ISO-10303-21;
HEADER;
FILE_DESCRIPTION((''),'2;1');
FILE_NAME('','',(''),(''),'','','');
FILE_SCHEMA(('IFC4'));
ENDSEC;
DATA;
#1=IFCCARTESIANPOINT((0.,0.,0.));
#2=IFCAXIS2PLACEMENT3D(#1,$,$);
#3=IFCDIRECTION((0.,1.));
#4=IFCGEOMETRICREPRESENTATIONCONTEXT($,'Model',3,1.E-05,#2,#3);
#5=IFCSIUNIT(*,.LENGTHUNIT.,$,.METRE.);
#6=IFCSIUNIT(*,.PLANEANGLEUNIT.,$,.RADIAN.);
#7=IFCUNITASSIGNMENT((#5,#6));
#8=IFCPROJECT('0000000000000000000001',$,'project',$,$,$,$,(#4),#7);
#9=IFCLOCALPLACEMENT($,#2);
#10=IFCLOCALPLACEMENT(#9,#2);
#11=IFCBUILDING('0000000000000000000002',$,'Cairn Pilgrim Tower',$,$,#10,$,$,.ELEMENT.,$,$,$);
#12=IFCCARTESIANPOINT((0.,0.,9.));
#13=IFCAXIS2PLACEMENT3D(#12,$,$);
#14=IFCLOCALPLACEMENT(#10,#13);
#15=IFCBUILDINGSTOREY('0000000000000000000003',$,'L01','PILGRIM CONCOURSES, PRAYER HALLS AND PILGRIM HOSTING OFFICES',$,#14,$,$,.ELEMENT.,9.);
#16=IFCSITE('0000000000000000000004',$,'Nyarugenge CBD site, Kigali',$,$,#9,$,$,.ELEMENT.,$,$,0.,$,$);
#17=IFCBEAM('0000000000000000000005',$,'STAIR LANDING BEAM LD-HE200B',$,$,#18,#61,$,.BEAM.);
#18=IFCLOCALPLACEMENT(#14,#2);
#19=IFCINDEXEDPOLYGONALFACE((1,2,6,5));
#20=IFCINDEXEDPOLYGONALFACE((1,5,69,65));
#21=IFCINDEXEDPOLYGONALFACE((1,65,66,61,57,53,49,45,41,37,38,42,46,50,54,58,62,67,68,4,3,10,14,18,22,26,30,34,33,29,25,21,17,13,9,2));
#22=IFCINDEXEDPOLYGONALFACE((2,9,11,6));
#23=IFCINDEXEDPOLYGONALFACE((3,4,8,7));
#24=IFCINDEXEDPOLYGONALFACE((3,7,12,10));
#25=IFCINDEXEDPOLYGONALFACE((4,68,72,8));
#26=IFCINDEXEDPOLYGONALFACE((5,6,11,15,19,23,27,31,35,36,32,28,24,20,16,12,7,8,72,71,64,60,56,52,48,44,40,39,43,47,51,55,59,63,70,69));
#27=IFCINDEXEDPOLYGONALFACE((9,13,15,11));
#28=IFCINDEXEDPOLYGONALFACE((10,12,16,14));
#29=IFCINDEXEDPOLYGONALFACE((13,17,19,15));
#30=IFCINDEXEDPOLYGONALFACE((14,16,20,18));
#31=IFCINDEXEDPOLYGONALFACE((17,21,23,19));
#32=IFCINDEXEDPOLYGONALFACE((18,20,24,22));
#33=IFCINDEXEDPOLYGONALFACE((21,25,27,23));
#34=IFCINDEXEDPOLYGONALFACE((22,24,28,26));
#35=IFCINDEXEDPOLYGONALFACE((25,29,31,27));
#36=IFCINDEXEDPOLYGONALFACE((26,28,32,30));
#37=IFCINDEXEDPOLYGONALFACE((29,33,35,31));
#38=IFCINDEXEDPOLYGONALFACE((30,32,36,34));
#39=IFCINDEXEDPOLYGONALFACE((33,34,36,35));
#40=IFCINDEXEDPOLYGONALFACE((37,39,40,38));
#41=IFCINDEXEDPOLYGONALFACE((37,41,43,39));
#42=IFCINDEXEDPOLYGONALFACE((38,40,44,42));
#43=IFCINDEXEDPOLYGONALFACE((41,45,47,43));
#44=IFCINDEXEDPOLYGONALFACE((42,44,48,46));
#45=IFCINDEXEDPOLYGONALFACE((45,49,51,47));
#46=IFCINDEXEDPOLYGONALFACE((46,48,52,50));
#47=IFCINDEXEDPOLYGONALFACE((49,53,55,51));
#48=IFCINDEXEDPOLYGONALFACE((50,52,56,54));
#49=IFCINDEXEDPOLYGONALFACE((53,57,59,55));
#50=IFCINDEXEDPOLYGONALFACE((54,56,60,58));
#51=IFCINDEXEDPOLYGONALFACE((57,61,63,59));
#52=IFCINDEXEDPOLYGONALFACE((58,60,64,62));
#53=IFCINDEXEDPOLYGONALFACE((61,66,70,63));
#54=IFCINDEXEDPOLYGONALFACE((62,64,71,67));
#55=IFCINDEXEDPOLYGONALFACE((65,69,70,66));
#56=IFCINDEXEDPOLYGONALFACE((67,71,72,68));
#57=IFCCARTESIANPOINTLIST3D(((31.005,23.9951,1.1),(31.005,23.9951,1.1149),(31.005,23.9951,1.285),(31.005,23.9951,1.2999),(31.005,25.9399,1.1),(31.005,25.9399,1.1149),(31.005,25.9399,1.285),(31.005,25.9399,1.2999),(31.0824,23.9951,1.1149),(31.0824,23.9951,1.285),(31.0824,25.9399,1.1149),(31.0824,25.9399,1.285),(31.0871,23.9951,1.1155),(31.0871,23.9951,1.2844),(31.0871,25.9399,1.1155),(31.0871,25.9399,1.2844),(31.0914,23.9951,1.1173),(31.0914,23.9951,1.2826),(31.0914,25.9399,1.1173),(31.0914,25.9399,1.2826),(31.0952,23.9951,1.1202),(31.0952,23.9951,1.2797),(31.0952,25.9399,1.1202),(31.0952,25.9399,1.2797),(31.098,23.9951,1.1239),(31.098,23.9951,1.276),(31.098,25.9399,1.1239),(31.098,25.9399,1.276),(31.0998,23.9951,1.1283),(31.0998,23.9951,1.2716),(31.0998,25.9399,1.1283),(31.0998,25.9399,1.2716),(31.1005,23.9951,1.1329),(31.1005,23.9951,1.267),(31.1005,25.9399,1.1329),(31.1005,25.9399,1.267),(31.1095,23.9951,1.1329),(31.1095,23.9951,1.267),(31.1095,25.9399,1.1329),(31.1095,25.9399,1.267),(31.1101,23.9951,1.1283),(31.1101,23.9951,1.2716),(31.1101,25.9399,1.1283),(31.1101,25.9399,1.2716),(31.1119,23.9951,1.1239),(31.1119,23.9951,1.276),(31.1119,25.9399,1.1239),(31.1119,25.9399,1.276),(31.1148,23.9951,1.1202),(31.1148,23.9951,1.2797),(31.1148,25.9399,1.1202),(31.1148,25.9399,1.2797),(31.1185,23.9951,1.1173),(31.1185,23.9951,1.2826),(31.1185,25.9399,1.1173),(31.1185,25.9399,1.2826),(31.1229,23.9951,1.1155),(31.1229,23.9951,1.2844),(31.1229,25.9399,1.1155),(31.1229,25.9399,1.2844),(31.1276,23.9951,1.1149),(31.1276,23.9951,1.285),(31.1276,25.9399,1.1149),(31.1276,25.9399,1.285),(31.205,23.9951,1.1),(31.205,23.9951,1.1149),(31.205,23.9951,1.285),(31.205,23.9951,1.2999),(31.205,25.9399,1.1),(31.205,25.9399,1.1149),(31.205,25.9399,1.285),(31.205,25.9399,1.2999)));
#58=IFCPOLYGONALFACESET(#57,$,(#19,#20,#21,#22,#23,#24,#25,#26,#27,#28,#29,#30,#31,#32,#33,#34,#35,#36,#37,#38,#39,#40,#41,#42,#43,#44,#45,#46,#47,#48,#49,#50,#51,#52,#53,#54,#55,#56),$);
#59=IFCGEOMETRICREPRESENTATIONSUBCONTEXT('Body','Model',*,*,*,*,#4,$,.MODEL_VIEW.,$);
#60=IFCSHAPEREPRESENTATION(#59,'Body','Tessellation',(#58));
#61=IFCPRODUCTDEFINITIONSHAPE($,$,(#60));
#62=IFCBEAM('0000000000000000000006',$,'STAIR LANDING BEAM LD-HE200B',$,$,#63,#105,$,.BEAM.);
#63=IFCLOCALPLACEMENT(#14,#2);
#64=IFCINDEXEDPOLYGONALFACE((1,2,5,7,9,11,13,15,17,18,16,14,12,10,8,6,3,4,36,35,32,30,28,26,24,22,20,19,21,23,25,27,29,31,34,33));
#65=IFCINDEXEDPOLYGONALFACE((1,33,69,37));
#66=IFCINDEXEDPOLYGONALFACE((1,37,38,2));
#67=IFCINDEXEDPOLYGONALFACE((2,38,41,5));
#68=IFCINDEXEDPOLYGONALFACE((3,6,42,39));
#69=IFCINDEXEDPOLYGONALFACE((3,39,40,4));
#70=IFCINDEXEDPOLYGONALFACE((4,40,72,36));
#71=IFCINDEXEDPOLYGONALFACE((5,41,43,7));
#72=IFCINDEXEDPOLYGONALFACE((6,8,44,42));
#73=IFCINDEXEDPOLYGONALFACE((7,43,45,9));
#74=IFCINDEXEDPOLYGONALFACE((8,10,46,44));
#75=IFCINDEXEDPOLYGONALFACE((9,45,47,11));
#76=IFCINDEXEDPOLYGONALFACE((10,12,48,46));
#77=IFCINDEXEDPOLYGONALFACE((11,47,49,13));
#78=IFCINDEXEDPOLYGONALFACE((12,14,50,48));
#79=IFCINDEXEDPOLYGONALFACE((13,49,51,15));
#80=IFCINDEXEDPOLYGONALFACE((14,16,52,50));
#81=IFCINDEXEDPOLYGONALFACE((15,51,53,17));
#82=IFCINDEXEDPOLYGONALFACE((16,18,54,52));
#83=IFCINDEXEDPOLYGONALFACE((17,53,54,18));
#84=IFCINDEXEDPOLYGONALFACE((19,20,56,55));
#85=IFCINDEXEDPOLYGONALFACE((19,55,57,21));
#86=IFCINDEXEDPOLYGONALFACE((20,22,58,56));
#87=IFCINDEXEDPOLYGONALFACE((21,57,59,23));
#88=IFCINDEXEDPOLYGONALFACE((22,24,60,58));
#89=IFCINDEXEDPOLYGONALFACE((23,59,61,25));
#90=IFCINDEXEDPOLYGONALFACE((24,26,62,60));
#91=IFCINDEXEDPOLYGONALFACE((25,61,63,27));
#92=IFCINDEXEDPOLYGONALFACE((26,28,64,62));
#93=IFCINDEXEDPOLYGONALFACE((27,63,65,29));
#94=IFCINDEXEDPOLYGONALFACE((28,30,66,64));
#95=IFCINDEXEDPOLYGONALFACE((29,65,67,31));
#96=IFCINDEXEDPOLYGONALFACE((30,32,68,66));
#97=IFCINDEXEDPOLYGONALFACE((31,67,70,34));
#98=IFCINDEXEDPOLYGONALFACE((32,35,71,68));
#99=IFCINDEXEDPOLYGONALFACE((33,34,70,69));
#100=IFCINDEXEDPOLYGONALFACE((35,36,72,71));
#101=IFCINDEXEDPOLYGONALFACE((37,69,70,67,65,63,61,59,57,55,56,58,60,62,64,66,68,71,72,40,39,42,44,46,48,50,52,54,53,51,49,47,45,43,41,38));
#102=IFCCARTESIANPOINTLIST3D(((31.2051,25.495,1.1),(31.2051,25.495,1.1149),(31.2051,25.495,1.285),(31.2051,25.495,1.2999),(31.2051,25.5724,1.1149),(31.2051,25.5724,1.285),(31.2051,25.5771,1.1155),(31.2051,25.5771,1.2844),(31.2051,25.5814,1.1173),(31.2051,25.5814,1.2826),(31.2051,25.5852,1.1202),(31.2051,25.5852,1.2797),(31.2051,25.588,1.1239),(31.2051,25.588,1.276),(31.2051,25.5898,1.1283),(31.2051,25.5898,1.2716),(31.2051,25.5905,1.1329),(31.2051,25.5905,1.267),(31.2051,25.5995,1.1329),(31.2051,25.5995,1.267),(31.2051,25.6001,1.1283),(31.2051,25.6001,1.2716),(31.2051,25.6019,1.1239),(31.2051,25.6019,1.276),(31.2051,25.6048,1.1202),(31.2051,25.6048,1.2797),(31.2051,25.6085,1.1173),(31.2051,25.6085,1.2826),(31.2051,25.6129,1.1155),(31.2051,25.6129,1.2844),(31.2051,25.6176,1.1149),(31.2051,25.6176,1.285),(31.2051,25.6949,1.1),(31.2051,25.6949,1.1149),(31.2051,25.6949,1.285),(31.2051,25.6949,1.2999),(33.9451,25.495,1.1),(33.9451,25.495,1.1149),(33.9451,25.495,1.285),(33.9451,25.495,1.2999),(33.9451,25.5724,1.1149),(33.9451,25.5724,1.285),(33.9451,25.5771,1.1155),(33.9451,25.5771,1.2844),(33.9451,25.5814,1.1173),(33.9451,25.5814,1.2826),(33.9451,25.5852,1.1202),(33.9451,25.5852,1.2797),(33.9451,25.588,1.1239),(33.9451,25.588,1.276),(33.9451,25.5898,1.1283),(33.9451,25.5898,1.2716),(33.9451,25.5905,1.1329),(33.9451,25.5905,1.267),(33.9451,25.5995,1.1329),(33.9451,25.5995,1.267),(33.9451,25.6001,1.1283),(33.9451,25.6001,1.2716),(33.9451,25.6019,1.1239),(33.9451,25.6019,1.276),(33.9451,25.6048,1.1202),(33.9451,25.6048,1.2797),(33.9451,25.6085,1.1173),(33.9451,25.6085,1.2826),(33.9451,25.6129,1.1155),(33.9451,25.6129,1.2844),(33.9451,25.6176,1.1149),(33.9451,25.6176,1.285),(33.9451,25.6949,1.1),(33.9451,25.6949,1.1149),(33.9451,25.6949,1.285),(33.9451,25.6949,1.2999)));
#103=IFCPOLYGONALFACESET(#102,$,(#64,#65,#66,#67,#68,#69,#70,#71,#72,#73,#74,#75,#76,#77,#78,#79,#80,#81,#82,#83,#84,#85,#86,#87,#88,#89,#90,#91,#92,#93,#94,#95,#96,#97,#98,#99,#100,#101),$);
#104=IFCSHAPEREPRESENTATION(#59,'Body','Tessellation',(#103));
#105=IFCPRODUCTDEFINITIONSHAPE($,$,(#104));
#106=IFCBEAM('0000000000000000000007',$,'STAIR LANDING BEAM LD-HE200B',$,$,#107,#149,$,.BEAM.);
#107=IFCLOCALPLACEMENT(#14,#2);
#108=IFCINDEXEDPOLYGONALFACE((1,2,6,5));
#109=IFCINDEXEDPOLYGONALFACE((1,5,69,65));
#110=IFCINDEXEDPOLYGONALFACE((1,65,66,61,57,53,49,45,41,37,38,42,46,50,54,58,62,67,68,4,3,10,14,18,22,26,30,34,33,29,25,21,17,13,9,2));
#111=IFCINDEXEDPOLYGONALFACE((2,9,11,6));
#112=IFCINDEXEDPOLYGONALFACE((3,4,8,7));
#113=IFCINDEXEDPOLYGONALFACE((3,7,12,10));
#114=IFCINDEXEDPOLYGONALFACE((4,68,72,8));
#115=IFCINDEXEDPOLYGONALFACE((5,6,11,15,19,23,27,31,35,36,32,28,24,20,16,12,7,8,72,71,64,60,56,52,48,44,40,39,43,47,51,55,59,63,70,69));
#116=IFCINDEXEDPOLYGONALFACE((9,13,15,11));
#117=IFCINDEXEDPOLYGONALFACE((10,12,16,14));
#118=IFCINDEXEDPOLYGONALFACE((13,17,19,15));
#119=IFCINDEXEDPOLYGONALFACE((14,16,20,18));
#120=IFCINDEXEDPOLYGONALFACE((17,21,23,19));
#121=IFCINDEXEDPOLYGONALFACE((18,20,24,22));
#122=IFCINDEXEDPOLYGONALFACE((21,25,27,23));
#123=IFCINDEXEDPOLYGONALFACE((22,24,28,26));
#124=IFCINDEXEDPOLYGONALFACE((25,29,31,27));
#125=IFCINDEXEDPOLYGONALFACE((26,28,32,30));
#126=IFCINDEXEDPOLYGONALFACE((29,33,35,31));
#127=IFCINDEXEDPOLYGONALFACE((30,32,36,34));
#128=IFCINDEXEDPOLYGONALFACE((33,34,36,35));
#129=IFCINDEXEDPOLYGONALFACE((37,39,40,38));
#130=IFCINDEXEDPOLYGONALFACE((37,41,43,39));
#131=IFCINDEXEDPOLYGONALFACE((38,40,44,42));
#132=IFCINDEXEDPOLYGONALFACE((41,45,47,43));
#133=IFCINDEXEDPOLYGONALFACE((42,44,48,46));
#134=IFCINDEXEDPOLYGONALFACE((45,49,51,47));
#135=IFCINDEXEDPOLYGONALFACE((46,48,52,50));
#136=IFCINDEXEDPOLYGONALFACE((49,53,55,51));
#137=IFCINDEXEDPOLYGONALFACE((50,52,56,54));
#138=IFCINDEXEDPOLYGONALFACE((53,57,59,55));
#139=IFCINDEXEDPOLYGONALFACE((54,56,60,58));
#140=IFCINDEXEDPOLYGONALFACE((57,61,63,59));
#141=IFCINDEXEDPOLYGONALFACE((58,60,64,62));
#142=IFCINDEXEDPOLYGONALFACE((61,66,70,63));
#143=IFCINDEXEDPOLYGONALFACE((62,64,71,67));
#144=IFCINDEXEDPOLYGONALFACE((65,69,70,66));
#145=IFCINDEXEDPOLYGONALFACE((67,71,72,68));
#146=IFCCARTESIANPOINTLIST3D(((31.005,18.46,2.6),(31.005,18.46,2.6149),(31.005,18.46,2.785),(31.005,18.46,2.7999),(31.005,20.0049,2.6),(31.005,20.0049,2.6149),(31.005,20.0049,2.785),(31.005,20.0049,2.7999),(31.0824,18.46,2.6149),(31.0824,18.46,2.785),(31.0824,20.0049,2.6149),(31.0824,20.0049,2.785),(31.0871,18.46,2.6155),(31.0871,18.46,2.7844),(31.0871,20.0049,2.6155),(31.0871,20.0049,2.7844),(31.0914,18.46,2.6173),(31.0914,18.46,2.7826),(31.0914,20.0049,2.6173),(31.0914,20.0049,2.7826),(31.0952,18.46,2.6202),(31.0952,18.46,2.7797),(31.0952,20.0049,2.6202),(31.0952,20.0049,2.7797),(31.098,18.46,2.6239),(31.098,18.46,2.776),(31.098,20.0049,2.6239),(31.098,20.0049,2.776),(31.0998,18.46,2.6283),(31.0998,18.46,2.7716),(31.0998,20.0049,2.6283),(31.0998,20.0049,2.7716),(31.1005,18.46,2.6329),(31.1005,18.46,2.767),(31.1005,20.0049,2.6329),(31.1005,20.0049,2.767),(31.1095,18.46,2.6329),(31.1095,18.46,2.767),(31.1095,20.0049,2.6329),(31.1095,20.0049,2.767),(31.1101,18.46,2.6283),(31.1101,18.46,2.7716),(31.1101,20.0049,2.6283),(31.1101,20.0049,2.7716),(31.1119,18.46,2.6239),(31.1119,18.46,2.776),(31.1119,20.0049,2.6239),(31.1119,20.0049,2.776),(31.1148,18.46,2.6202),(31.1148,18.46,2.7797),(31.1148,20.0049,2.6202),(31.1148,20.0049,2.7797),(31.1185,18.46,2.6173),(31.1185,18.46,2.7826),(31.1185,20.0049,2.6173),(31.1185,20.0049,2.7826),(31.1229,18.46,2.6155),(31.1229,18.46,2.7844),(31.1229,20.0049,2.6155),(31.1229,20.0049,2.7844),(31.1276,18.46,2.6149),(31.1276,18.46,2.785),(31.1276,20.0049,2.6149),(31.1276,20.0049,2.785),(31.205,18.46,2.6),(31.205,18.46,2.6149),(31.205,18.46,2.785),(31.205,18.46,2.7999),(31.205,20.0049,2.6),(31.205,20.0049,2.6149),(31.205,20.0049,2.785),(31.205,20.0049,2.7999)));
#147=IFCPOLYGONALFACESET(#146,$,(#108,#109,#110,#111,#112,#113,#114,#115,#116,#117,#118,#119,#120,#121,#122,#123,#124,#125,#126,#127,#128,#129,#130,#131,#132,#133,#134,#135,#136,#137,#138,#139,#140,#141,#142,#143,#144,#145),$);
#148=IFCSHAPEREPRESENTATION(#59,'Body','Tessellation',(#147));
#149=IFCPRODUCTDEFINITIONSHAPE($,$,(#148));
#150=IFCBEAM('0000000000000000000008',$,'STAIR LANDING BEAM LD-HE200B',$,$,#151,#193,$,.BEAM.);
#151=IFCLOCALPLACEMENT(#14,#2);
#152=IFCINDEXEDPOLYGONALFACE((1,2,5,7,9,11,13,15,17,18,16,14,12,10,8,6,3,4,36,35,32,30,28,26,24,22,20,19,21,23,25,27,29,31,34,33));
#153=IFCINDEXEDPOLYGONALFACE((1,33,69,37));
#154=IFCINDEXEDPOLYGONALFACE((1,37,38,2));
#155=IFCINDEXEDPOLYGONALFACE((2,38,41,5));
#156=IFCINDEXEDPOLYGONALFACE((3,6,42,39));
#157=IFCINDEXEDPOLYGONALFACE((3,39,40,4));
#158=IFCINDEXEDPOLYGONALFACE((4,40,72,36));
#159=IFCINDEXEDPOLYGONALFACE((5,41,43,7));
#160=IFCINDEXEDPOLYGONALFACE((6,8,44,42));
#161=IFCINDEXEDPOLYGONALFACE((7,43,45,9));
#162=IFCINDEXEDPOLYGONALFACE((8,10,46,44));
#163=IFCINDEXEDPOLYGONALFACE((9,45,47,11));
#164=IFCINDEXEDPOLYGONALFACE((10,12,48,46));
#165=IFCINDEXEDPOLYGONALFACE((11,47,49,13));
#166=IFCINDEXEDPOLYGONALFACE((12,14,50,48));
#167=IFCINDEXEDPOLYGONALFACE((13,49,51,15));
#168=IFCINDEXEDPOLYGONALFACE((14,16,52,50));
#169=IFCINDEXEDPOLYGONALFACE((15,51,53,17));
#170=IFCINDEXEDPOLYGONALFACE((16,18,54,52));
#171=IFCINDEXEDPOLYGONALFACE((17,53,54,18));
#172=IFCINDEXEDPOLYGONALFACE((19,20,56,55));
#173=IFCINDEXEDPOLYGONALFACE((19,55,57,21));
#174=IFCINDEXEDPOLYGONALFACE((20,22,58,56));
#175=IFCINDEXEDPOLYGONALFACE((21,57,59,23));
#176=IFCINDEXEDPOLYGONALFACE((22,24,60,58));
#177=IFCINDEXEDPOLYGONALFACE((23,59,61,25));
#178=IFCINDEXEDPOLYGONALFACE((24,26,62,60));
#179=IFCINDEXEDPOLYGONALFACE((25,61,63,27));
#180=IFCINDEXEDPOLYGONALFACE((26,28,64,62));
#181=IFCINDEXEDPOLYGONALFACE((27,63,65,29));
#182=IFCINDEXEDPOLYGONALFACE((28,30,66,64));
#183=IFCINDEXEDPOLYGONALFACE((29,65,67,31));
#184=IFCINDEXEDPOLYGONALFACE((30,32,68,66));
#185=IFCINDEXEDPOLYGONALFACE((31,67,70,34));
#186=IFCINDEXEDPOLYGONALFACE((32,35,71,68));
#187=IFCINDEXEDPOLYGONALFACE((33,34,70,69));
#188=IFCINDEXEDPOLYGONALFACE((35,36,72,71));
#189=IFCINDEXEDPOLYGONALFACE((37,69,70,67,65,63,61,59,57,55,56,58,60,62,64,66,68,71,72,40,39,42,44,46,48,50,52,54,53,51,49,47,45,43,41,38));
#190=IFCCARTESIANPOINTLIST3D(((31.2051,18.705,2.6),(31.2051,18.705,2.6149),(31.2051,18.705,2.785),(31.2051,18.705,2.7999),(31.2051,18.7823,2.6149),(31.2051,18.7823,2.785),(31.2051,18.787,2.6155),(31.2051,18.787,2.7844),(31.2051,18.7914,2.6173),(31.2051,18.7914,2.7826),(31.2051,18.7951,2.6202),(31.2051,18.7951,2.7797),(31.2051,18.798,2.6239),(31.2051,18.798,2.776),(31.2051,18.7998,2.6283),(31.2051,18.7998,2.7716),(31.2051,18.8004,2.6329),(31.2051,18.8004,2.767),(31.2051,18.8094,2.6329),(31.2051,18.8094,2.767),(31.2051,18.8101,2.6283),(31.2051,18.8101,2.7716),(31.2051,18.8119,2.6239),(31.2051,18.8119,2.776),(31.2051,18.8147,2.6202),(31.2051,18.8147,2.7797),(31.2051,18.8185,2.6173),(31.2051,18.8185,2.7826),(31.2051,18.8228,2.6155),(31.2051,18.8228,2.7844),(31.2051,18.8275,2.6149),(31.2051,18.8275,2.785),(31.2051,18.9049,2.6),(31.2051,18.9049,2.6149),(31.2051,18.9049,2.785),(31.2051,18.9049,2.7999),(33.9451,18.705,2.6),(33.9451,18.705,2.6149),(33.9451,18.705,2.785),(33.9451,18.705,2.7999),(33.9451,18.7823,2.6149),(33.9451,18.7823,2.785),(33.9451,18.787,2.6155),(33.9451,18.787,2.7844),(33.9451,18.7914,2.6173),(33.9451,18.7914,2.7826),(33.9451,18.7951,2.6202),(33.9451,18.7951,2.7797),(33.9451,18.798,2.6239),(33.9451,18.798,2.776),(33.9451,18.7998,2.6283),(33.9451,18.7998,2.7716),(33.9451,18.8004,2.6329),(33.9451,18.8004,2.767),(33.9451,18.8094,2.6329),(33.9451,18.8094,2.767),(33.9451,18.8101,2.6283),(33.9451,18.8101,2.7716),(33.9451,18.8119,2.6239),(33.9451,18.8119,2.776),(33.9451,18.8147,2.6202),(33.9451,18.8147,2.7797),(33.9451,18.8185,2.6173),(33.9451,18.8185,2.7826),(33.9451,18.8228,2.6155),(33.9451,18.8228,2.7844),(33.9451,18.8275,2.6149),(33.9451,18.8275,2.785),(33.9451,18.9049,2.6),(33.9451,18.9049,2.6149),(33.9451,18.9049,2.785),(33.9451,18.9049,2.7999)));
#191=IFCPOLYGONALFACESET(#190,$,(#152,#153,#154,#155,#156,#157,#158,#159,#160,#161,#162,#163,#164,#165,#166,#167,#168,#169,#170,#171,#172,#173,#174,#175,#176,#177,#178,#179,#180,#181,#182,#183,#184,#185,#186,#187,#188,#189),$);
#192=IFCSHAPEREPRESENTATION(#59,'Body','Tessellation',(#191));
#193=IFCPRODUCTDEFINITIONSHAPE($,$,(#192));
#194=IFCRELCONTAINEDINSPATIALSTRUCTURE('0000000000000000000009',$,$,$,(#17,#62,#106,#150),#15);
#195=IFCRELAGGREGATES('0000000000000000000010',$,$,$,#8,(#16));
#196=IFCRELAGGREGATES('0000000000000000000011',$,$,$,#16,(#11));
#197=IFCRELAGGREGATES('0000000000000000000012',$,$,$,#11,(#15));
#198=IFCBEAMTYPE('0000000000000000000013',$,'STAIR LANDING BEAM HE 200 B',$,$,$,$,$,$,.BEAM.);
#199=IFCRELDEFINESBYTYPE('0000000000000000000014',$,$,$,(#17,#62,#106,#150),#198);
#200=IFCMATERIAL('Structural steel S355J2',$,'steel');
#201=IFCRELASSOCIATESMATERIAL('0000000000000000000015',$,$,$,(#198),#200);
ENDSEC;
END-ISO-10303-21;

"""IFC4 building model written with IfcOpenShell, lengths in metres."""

from ifc_helpers import new_model, si_unit, direction, frame, origin, origin_2d, place, context, subcontext, project, spatial, i_section, extrude, material, material_profile, profile_set, type_object, element, save


model = new_model("IFC4")

# Units and contexts
model_context = context("Model", 3, precision=1e-05, world=origin(), true_north=direction((0.0, 1.0)))
body_context = subcontext(model_context, "Body", "Model", "MODEL_VIEW")
ifc_project = project(units=[si_unit("LENGTHUNIT", "METRE"), si_unit("PLANEANGLEUNIT", "RADIAN")], contexts=[model_context])

# Site, building, storey
site_placement = place(None, origin())
site = spatial("IfcSite", under=ifc_project, at=site_placement, Name="Nyarugenge CBD site, Kigali", CompositionType="ELEMENT", RefElevation=0.0)
building_placement = place(site_placement, origin())
building = spatial("IfcBuilding", under=site, at=building_placement, Name="Cairn Pilgrim Tower", CompositionType="ELEMENT")
storey_placement = place(building_placement, frame((0.0, 0.0, 9.0)))
storey = spatial("IfcBuildingStorey", under=building, at=storey_placement, Name="L01", Description="PILGRIM CONCOURSES, PRAYER HALLS AND PILGRIM HOSTING OFFICES", CompositionType="ELEMENT", Elevation=9.0)

# Shared definitions
ifc_material_1 = material(Name="Structural steel S355J2", Category="steel")

# Beams
ifc_material_profile_1 = material_profile(ifc_material_1, i_section(OverallWidth=0.2, OverallDepth=0.2, WebThickness=0.009, FlangeThickness=0.0149, FilletRadius=0.0181, at=origin_2d()), Name="HE 200 B")
ifc_profile_set_1 = profile_set([ifc_material_profile_1], Name="Structural steel S355J2")
beam_type_1 = type_object("IfcBeamType", Name="STAIR LANDING BEAM HE 200 B", PredefinedType="BEAM", material=ifc_profile_set_1)
beam_1_placement = place(storey_placement, frame((31.105, 25.9399, 1.2), z_axis=(0.0, -1.0, 0.0), x_axis=(1.0, 0.0, 0.0)))
element("IfcBeam", 1, at=beam_1_placement, inside=storey, type_object=beam_type_1, Name="STAIR LANDING BEAM LD-HE200B", PredefinedType="BEAM", context=body_context, shape_type="SweptSolid", body=[
    extrude(i_section(OverallWidth=0.2, OverallDepth=0.2, WebThickness=0.009, FlangeThickness=0.0149, FilletRadius=0.0181, at=origin_2d()), origin(), (0.0, 0.0, 1.0), 1.9448),
])
beam_2_placement = place(storey_placement, frame((31.2051, 25.595, 1.2), z_axis=(1.0, 0.0, 0.0), x_axis=(0.0, 1.0, 0.0)))
element("IfcBeam", 2, at=beam_2_placement, inside=storey, type_object=beam_type_1, Name="STAIR LANDING BEAM LD-HE200B", PredefinedType="BEAM", context=body_context, shape_type="SweptSolid", body=[
    extrude(i_section(OverallWidth=0.2, OverallDepth=0.2, WebThickness=0.009, FlangeThickness=0.0149, FilletRadius=0.0181, at=origin_2d()), origin(), (0.0, 0.0, 1.0), 2.74),
])
beam_3_placement = place(storey_placement, frame((31.105, 18.46, 2.7), z_axis=(0.0, 1.0, 0.0), x_axis=(-1.0, 0.0, 0.0)))
element("IfcBeam", 3, at=beam_3_placement, inside=storey, type_object=beam_type_1, Name="STAIR LANDING BEAM LD-HE200B", PredefinedType="BEAM", context=body_context, shape_type="SweptSolid", body=[
    extrude(i_section(OverallWidth=0.2, OverallDepth=0.2, WebThickness=0.009, FlangeThickness=0.0149, FilletRadius=0.0181, at=origin_2d()), origin(), (0.0, 0.0, 1.0), 1.5449),
])
beam_4_placement = place(storey_placement, frame((31.2051, 18.8049, 2.7), z_axis=(1.0, 0.0, 0.0), x_axis=(0.0, 1.0, 0.0)))
element("IfcBeam", 4, at=beam_4_placement, inside=storey, type_object=beam_type_1, Name="STAIR LANDING BEAM LD-HE200B", PredefinedType="BEAM", context=body_context, shape_type="SweptSolid", body=[
    extrude(i_section(OverallWidth=0.2, OverallDepth=0.2, WebThickness=0.009, FlangeThickness=0.0149, FilletRadius=0.0181, at=origin_2d()), origin(), (0.0, 0.0, 1.0), 2.74),
])

save(model, "model.ifc")
